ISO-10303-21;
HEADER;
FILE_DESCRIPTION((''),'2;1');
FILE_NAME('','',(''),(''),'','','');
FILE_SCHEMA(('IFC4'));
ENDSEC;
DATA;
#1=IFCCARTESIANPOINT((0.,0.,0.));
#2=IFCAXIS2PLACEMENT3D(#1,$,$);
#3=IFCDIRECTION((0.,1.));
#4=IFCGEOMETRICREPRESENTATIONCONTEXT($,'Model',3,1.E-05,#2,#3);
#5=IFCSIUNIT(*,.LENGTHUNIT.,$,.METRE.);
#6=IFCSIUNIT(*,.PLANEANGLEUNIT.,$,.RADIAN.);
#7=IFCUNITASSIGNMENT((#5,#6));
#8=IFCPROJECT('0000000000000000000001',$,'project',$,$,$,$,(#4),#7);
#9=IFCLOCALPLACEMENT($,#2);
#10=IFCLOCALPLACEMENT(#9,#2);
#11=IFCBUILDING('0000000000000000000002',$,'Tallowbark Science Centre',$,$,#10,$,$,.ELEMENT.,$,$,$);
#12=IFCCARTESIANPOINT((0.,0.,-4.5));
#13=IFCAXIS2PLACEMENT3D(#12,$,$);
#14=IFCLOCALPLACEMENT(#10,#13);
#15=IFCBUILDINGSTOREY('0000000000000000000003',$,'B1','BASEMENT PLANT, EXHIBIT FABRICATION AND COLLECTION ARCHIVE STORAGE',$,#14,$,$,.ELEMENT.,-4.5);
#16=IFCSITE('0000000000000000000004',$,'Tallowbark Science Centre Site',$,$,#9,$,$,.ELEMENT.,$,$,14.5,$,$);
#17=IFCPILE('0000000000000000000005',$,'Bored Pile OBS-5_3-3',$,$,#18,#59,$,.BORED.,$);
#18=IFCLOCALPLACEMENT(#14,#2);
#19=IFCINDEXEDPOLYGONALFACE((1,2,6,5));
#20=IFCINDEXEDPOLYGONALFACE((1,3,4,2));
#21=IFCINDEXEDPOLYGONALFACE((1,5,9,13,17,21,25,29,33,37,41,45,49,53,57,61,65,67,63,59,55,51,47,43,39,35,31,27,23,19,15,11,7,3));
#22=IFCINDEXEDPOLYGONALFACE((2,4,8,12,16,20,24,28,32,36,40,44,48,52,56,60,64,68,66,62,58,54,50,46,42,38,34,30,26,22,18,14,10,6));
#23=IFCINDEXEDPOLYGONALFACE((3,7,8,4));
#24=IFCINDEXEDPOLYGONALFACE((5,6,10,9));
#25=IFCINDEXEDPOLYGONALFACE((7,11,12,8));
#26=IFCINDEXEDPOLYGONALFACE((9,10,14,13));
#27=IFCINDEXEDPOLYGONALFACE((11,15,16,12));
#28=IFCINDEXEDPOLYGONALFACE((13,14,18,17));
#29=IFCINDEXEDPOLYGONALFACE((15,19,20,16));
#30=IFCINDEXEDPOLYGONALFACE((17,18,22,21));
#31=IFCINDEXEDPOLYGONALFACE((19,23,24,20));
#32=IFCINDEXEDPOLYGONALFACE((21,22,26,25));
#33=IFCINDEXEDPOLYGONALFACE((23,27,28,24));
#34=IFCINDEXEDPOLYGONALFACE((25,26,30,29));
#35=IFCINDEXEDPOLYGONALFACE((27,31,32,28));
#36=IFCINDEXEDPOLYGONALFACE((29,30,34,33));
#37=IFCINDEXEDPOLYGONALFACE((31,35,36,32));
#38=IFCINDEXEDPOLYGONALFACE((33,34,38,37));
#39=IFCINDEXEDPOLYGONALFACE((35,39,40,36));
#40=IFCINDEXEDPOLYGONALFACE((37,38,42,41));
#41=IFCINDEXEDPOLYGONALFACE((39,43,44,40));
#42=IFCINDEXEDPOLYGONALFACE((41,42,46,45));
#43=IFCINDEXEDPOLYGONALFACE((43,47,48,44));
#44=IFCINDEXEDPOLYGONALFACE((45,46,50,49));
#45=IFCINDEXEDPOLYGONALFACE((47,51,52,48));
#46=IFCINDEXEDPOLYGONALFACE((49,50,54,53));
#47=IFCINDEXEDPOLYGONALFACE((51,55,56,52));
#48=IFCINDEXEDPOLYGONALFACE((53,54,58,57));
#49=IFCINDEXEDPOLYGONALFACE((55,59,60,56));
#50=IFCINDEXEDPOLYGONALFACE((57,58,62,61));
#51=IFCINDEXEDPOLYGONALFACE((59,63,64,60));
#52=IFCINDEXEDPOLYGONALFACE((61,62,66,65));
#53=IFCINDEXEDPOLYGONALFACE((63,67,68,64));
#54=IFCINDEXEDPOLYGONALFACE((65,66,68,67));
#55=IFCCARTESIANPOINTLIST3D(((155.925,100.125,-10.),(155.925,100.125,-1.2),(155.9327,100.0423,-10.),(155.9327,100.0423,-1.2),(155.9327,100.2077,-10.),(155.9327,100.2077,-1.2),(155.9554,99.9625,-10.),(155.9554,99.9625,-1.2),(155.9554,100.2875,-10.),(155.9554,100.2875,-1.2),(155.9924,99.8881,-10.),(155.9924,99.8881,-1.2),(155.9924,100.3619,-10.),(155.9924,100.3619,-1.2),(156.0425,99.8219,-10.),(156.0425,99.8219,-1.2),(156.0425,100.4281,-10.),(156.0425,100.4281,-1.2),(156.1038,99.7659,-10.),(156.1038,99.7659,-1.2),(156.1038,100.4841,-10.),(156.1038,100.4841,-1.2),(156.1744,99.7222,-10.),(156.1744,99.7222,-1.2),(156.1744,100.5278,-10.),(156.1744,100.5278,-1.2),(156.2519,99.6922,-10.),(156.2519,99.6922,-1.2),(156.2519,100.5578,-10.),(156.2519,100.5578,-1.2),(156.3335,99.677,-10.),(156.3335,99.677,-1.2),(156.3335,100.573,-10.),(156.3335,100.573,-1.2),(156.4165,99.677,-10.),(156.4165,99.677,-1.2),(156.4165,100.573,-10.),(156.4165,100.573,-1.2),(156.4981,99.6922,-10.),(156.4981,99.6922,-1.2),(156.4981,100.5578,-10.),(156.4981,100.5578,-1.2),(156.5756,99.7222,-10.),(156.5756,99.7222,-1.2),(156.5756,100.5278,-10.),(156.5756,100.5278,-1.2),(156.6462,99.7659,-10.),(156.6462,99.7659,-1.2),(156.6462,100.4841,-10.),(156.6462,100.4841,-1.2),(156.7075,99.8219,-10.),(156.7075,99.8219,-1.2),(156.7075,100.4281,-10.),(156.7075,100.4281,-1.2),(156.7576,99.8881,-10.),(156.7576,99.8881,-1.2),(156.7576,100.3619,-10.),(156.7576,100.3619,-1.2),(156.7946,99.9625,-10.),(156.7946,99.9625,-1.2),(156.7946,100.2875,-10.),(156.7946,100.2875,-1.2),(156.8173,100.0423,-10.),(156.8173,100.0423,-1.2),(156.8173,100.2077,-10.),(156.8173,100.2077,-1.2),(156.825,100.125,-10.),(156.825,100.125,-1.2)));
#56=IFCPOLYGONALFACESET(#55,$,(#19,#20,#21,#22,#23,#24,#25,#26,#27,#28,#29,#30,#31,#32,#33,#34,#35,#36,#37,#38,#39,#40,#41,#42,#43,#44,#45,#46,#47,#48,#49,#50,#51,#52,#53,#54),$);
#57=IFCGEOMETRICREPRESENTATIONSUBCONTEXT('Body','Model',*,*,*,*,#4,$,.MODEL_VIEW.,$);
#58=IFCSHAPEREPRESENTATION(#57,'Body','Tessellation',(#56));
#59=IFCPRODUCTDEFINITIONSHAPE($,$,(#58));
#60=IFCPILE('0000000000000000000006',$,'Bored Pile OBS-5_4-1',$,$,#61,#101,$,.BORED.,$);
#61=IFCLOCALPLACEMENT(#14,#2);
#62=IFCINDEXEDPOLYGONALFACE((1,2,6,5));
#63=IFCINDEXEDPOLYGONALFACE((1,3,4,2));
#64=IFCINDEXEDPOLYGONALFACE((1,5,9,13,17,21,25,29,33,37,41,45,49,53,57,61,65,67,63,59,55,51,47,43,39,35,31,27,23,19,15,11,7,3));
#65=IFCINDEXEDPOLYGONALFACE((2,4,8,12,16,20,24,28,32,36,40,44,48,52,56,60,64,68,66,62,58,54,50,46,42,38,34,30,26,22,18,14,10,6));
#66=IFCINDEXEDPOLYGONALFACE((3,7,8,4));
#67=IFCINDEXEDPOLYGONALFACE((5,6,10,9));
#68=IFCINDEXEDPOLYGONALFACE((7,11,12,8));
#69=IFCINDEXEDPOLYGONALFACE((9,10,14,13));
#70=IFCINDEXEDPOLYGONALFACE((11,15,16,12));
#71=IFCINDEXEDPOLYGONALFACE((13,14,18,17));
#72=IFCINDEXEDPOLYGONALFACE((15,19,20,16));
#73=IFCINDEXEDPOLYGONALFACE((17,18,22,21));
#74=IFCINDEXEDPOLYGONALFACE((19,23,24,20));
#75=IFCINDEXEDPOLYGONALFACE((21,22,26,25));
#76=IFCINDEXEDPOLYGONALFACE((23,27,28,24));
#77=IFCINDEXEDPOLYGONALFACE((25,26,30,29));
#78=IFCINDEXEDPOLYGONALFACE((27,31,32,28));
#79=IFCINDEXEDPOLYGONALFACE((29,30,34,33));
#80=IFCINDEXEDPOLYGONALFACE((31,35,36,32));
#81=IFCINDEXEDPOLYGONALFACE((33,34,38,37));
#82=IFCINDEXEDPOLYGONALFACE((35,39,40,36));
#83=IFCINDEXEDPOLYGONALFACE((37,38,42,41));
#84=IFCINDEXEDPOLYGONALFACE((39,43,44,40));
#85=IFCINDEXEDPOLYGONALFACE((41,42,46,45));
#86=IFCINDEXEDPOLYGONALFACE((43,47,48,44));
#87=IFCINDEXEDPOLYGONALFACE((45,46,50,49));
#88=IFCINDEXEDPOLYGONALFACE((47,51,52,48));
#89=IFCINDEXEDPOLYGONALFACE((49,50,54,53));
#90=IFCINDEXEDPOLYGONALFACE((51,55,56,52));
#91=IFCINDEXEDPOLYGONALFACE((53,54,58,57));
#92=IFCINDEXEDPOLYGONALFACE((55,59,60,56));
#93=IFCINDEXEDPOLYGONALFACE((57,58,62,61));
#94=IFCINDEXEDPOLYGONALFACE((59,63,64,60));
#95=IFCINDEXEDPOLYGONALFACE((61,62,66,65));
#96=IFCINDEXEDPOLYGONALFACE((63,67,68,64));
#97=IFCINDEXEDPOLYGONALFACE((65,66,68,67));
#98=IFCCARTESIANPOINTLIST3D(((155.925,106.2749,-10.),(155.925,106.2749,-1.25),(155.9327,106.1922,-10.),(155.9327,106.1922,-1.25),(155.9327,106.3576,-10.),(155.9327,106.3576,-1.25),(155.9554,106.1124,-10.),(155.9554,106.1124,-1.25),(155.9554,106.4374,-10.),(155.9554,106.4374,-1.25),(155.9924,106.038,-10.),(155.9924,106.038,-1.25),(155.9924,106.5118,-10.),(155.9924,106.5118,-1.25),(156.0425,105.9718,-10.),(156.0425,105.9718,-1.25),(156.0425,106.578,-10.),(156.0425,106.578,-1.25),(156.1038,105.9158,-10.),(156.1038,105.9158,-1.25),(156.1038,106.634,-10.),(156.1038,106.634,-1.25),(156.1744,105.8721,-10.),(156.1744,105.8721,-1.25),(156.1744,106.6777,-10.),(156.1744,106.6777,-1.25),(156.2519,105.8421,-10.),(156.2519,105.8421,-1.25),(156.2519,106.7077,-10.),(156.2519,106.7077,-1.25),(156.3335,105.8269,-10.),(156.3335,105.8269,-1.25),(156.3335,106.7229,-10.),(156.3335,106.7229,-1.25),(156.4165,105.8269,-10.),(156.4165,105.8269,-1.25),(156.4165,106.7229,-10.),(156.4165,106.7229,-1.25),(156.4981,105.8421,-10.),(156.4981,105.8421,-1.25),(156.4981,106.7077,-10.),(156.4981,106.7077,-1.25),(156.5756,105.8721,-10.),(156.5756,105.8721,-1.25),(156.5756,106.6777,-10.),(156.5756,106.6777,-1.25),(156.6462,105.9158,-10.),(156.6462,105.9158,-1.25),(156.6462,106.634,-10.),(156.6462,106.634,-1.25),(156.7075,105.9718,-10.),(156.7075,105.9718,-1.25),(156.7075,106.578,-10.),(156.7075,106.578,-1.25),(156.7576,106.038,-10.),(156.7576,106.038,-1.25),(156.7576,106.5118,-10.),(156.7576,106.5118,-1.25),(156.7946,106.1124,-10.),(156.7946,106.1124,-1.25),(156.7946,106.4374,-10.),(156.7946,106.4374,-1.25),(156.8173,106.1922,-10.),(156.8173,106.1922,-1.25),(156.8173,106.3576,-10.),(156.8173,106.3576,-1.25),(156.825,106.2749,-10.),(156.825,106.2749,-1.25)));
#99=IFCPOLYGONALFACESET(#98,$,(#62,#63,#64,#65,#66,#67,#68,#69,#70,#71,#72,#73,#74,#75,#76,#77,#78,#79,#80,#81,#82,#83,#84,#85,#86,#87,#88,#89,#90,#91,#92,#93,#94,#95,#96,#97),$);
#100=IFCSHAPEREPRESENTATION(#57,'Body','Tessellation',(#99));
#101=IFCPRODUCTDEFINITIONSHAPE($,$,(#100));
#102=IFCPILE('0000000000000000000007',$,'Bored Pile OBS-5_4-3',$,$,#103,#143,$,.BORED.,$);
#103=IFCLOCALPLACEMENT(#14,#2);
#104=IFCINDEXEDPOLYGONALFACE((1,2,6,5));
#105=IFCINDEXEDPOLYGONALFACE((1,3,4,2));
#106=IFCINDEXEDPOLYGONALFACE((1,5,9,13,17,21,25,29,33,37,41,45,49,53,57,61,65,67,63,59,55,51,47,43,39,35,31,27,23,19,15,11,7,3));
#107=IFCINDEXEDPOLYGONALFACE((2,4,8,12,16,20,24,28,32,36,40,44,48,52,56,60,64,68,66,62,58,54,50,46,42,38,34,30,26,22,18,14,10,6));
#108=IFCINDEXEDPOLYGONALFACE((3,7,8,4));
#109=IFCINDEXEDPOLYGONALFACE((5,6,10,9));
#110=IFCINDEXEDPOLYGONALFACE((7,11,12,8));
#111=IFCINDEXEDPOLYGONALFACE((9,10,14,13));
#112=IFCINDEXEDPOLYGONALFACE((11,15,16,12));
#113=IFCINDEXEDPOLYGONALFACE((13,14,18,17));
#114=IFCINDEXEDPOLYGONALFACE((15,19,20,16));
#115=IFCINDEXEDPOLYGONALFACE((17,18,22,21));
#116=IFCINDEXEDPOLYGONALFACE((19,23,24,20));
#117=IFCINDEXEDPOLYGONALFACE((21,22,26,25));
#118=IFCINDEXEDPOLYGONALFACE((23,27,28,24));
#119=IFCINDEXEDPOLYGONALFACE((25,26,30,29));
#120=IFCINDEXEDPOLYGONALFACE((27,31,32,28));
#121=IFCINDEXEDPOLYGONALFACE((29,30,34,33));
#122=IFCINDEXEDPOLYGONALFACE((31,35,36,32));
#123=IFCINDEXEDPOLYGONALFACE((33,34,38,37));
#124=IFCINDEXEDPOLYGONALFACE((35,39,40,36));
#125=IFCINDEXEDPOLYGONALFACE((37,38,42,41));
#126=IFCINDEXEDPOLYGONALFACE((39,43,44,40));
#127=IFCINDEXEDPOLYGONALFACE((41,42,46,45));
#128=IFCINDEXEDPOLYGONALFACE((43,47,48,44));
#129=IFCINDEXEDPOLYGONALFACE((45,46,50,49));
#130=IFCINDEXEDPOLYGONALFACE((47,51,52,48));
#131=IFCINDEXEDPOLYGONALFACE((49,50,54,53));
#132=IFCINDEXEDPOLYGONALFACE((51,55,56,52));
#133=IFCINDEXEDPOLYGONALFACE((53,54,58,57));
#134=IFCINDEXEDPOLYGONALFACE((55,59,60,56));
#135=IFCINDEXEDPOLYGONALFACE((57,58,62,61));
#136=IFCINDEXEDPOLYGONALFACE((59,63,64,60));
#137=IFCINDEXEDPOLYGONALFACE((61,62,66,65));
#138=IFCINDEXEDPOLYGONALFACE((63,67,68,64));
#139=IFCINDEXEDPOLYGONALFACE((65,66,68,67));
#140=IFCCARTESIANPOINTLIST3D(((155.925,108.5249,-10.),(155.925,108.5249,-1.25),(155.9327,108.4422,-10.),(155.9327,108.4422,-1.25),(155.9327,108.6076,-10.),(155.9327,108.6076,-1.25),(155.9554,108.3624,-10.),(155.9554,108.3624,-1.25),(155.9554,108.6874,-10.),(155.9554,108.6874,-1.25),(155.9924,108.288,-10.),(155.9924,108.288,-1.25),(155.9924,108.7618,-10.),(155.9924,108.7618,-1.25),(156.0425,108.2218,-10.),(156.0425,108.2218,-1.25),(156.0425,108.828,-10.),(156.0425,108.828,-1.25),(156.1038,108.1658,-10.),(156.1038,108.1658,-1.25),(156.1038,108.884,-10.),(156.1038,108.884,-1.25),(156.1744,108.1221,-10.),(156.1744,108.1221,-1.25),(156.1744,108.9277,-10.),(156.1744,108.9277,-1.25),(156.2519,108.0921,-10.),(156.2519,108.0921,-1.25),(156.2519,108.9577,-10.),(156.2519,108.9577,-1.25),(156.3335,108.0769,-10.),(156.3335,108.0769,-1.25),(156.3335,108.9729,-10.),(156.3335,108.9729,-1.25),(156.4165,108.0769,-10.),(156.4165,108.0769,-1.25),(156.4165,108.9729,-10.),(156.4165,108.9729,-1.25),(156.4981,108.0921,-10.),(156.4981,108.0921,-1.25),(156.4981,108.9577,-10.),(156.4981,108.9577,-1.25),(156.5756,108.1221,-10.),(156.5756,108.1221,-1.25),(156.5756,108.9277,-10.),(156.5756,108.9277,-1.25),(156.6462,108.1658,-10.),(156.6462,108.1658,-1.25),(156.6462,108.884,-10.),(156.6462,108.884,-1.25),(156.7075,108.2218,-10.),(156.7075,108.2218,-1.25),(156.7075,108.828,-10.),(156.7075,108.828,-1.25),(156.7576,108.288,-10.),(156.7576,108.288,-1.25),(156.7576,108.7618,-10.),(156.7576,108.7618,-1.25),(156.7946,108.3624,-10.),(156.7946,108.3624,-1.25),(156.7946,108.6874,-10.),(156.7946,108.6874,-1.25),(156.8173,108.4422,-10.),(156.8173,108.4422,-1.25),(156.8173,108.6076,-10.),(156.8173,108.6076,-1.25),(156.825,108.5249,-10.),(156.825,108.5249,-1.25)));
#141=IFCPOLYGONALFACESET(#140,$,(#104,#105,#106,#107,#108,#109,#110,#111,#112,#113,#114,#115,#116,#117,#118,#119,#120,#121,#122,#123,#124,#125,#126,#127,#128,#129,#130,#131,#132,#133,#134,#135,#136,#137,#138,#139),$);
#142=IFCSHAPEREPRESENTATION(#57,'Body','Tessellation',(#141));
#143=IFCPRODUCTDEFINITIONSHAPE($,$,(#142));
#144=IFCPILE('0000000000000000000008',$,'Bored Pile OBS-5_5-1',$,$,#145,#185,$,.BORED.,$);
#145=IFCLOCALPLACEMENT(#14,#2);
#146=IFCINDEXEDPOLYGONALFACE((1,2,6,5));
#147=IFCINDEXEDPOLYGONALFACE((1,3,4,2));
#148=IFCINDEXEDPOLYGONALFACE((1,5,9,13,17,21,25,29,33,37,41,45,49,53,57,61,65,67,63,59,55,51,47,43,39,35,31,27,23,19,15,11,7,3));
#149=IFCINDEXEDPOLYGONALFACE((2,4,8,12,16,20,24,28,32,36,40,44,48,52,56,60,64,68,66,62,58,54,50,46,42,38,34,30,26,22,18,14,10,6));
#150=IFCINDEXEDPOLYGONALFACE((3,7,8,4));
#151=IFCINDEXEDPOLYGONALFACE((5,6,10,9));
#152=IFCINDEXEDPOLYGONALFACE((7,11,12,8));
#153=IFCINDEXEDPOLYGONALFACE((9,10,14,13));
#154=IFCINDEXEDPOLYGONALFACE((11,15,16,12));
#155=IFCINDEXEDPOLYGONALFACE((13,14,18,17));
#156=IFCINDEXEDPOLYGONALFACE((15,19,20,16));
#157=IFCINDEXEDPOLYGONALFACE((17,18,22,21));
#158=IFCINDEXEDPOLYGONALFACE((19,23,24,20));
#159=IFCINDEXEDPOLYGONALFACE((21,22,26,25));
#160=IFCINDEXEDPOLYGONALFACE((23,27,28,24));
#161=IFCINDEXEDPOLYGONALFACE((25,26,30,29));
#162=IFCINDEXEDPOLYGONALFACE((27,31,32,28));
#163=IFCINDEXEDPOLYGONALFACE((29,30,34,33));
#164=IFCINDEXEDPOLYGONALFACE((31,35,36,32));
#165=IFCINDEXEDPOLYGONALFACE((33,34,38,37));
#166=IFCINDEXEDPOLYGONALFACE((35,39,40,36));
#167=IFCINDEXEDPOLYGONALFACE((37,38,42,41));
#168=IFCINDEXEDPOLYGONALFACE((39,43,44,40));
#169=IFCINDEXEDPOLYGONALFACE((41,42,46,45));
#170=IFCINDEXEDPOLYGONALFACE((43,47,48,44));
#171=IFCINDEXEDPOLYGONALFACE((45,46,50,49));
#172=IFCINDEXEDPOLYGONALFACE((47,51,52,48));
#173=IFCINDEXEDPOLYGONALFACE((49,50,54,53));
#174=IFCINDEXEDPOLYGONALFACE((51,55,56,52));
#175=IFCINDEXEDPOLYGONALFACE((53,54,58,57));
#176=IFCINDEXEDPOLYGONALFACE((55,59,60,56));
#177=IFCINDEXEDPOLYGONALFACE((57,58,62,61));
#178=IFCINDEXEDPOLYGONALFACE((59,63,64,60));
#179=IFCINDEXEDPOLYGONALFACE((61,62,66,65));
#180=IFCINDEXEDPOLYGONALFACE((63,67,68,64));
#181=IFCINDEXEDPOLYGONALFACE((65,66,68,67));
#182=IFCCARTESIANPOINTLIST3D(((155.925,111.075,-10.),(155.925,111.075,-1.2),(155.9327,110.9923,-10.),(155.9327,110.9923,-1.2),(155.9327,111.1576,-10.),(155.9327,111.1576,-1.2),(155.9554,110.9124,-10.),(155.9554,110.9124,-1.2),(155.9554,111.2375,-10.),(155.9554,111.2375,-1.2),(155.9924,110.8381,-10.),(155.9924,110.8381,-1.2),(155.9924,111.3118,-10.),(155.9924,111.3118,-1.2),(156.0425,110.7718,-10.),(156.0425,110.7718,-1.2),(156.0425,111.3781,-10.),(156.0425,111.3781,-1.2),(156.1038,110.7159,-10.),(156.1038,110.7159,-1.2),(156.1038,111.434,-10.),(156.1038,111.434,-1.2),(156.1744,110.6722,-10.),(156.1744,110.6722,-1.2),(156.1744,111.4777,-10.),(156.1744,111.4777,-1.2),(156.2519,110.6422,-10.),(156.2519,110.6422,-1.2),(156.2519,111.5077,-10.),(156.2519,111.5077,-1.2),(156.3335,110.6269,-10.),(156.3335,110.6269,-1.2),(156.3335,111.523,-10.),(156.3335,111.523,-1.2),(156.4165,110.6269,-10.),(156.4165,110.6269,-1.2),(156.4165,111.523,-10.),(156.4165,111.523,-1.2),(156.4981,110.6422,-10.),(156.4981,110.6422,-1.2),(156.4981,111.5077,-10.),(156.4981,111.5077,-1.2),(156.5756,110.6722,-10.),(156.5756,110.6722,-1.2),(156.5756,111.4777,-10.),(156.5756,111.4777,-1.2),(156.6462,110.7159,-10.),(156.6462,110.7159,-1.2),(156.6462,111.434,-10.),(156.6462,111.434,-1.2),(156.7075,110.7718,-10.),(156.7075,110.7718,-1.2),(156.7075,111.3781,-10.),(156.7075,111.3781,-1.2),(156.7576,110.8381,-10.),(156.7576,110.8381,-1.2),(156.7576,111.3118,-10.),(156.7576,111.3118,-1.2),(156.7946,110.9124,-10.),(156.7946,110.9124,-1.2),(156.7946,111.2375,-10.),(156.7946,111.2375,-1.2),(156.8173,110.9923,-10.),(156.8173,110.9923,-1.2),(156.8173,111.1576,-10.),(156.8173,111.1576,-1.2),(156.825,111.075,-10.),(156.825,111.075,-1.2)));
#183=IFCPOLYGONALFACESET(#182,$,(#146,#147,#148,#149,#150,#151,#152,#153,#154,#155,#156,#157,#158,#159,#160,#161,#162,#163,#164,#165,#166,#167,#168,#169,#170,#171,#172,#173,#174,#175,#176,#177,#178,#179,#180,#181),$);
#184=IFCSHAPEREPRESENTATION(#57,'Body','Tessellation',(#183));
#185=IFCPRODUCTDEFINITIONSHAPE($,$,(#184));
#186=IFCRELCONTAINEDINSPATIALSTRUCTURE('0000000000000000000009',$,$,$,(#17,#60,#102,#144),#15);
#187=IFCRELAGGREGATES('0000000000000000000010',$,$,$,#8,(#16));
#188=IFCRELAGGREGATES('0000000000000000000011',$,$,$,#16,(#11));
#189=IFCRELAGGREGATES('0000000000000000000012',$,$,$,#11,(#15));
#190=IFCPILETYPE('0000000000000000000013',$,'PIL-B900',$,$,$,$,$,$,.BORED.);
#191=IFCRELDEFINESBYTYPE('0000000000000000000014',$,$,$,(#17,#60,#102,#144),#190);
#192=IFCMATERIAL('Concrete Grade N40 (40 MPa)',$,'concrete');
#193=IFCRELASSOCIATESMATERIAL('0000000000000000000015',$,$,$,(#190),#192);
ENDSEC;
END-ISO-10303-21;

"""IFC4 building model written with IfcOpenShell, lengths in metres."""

from ifc_helpers import new_model, si_unit, direction, frame, origin, origin_2d, place, context, subcontext, project, spatial, circle, extrude, material, material_profile, profile_set, type_object, element, save


model = new_model("IFC4")

# Units and contexts
model_context = context("Model", 3, precision=1e-05, world=origin(), true_north=direction((0.0, 1.0)))
body_context = subcontext(model_context, "Body", "Model", "MODEL_VIEW")
ifc_project = project(units=[si_unit("LENGTHUNIT", "METRE"), si_unit("PLANEANGLEUNIT", "RADIAN")], contexts=[model_context])

# Site, building, storey
site_placement = place(None, origin())
site = spatial("IfcSite", under=ifc_project, at=site_placement, Name="Tallowbark Science Centre Site", CompositionType="ELEMENT", RefElevation=14.5)
building_placement = place(site_placement, origin())
building = spatial("IfcBuilding", under=site, at=building_placement, Name="Tallowbark Science Centre", CompositionType="ELEMENT")
storey_placement = place(building_placement, frame((0.0, 0.0, -4.5)))
storey = spatial("IfcBuildingStorey", under=building, at=storey_placement, Name="B1", Description="BASEMENT PLANT, EXHIBIT FABRICATION AND COLLECTION ARCHIVE STORAGE", CompositionType="ELEMENT", Elevation=-4.5)

# Shared definitions
ifc_material_1 = material(Name="Concrete Grade N40 (40 MPa)", Category="concrete")

# Piles
ifc_material_profile_1 = material_profile(ifc_material_1, circle(Radius=0.45, at=origin_2d()), Name="PILE900")
ifc_profile_set_1 = profile_set([ifc_material_profile_1], Name="Concrete Grade N40 (40 MPa)")
pile_type = type_object("IfcPileType", Name="PIL-B900", PredefinedType="BORED", material=ifc_profile_set_1)
for number, where, z_axis, x_axis, name in (
    (1, (156.375, 100.125, -1.2), (0.0, 0.0, -1.0), (1.0, 0.0, 0.0), "Bored Pile OBS-5_3-3"),
):
    element("IfcPile", number, at=place(storey_placement, frame(where, z_axis=z_axis, x_axis=x_axis)), inside=storey, type_object=pile_type, Name=name, PredefinedType="BORED", context=body_context, shape_type="SweptSolid", body=[
        extrude(circle(Radius=0.45, at=origin_2d()), origin(), (0.0, 0.0, 1.0), 8.8),
    ])
for number, where, z_axis, x_axis, name in (
    (2, (156.375, 106.2749, -1.25), (0.0, 0.0, -1.0), (1.0, 0.0, 0.0), "Bored Pile OBS-5_4-1"),
    (3, (156.375, 108.5249, -1.25), (0.0, 0.0, -1.0), (1.0, 0.0, 0.0), "Bored Pile OBS-5_4-3"),
):
    element("IfcPile", number, at=place(storey_placement, frame(where, z_axis=z_axis, x_axis=x_axis)), inside=storey, type_object=pile_type, Name=name, PredefinedType="BORED", context=body_context, shape_type="SweptSolid", body=[
        extrude(circle(Radius=0.45, at=origin_2d()), origin(), (0.0, 0.0, 1.0), 8.75),
    ])
for number, where, z_axis, x_axis, name in (
    (4, (156.375, 111.075, -1.2), (0.0, 0.0, -1.0), (1.0, 0.0, 0.0), "Bored Pile OBS-5_5-1"),
):
    element("IfcPile", number, at=place(storey_placement, frame(where, z_axis=z_axis, x_axis=x_axis)), inside=storey, type_object=pile_type, Name=name, PredefinedType="BORED", context=body_context, shape_type="SweptSolid", body=[
        extrude(circle(Radius=0.45, at=origin_2d()), origin(), (0.0, 0.0, 1.0), 8.8),
    ])

save(model, "model.ifc")
